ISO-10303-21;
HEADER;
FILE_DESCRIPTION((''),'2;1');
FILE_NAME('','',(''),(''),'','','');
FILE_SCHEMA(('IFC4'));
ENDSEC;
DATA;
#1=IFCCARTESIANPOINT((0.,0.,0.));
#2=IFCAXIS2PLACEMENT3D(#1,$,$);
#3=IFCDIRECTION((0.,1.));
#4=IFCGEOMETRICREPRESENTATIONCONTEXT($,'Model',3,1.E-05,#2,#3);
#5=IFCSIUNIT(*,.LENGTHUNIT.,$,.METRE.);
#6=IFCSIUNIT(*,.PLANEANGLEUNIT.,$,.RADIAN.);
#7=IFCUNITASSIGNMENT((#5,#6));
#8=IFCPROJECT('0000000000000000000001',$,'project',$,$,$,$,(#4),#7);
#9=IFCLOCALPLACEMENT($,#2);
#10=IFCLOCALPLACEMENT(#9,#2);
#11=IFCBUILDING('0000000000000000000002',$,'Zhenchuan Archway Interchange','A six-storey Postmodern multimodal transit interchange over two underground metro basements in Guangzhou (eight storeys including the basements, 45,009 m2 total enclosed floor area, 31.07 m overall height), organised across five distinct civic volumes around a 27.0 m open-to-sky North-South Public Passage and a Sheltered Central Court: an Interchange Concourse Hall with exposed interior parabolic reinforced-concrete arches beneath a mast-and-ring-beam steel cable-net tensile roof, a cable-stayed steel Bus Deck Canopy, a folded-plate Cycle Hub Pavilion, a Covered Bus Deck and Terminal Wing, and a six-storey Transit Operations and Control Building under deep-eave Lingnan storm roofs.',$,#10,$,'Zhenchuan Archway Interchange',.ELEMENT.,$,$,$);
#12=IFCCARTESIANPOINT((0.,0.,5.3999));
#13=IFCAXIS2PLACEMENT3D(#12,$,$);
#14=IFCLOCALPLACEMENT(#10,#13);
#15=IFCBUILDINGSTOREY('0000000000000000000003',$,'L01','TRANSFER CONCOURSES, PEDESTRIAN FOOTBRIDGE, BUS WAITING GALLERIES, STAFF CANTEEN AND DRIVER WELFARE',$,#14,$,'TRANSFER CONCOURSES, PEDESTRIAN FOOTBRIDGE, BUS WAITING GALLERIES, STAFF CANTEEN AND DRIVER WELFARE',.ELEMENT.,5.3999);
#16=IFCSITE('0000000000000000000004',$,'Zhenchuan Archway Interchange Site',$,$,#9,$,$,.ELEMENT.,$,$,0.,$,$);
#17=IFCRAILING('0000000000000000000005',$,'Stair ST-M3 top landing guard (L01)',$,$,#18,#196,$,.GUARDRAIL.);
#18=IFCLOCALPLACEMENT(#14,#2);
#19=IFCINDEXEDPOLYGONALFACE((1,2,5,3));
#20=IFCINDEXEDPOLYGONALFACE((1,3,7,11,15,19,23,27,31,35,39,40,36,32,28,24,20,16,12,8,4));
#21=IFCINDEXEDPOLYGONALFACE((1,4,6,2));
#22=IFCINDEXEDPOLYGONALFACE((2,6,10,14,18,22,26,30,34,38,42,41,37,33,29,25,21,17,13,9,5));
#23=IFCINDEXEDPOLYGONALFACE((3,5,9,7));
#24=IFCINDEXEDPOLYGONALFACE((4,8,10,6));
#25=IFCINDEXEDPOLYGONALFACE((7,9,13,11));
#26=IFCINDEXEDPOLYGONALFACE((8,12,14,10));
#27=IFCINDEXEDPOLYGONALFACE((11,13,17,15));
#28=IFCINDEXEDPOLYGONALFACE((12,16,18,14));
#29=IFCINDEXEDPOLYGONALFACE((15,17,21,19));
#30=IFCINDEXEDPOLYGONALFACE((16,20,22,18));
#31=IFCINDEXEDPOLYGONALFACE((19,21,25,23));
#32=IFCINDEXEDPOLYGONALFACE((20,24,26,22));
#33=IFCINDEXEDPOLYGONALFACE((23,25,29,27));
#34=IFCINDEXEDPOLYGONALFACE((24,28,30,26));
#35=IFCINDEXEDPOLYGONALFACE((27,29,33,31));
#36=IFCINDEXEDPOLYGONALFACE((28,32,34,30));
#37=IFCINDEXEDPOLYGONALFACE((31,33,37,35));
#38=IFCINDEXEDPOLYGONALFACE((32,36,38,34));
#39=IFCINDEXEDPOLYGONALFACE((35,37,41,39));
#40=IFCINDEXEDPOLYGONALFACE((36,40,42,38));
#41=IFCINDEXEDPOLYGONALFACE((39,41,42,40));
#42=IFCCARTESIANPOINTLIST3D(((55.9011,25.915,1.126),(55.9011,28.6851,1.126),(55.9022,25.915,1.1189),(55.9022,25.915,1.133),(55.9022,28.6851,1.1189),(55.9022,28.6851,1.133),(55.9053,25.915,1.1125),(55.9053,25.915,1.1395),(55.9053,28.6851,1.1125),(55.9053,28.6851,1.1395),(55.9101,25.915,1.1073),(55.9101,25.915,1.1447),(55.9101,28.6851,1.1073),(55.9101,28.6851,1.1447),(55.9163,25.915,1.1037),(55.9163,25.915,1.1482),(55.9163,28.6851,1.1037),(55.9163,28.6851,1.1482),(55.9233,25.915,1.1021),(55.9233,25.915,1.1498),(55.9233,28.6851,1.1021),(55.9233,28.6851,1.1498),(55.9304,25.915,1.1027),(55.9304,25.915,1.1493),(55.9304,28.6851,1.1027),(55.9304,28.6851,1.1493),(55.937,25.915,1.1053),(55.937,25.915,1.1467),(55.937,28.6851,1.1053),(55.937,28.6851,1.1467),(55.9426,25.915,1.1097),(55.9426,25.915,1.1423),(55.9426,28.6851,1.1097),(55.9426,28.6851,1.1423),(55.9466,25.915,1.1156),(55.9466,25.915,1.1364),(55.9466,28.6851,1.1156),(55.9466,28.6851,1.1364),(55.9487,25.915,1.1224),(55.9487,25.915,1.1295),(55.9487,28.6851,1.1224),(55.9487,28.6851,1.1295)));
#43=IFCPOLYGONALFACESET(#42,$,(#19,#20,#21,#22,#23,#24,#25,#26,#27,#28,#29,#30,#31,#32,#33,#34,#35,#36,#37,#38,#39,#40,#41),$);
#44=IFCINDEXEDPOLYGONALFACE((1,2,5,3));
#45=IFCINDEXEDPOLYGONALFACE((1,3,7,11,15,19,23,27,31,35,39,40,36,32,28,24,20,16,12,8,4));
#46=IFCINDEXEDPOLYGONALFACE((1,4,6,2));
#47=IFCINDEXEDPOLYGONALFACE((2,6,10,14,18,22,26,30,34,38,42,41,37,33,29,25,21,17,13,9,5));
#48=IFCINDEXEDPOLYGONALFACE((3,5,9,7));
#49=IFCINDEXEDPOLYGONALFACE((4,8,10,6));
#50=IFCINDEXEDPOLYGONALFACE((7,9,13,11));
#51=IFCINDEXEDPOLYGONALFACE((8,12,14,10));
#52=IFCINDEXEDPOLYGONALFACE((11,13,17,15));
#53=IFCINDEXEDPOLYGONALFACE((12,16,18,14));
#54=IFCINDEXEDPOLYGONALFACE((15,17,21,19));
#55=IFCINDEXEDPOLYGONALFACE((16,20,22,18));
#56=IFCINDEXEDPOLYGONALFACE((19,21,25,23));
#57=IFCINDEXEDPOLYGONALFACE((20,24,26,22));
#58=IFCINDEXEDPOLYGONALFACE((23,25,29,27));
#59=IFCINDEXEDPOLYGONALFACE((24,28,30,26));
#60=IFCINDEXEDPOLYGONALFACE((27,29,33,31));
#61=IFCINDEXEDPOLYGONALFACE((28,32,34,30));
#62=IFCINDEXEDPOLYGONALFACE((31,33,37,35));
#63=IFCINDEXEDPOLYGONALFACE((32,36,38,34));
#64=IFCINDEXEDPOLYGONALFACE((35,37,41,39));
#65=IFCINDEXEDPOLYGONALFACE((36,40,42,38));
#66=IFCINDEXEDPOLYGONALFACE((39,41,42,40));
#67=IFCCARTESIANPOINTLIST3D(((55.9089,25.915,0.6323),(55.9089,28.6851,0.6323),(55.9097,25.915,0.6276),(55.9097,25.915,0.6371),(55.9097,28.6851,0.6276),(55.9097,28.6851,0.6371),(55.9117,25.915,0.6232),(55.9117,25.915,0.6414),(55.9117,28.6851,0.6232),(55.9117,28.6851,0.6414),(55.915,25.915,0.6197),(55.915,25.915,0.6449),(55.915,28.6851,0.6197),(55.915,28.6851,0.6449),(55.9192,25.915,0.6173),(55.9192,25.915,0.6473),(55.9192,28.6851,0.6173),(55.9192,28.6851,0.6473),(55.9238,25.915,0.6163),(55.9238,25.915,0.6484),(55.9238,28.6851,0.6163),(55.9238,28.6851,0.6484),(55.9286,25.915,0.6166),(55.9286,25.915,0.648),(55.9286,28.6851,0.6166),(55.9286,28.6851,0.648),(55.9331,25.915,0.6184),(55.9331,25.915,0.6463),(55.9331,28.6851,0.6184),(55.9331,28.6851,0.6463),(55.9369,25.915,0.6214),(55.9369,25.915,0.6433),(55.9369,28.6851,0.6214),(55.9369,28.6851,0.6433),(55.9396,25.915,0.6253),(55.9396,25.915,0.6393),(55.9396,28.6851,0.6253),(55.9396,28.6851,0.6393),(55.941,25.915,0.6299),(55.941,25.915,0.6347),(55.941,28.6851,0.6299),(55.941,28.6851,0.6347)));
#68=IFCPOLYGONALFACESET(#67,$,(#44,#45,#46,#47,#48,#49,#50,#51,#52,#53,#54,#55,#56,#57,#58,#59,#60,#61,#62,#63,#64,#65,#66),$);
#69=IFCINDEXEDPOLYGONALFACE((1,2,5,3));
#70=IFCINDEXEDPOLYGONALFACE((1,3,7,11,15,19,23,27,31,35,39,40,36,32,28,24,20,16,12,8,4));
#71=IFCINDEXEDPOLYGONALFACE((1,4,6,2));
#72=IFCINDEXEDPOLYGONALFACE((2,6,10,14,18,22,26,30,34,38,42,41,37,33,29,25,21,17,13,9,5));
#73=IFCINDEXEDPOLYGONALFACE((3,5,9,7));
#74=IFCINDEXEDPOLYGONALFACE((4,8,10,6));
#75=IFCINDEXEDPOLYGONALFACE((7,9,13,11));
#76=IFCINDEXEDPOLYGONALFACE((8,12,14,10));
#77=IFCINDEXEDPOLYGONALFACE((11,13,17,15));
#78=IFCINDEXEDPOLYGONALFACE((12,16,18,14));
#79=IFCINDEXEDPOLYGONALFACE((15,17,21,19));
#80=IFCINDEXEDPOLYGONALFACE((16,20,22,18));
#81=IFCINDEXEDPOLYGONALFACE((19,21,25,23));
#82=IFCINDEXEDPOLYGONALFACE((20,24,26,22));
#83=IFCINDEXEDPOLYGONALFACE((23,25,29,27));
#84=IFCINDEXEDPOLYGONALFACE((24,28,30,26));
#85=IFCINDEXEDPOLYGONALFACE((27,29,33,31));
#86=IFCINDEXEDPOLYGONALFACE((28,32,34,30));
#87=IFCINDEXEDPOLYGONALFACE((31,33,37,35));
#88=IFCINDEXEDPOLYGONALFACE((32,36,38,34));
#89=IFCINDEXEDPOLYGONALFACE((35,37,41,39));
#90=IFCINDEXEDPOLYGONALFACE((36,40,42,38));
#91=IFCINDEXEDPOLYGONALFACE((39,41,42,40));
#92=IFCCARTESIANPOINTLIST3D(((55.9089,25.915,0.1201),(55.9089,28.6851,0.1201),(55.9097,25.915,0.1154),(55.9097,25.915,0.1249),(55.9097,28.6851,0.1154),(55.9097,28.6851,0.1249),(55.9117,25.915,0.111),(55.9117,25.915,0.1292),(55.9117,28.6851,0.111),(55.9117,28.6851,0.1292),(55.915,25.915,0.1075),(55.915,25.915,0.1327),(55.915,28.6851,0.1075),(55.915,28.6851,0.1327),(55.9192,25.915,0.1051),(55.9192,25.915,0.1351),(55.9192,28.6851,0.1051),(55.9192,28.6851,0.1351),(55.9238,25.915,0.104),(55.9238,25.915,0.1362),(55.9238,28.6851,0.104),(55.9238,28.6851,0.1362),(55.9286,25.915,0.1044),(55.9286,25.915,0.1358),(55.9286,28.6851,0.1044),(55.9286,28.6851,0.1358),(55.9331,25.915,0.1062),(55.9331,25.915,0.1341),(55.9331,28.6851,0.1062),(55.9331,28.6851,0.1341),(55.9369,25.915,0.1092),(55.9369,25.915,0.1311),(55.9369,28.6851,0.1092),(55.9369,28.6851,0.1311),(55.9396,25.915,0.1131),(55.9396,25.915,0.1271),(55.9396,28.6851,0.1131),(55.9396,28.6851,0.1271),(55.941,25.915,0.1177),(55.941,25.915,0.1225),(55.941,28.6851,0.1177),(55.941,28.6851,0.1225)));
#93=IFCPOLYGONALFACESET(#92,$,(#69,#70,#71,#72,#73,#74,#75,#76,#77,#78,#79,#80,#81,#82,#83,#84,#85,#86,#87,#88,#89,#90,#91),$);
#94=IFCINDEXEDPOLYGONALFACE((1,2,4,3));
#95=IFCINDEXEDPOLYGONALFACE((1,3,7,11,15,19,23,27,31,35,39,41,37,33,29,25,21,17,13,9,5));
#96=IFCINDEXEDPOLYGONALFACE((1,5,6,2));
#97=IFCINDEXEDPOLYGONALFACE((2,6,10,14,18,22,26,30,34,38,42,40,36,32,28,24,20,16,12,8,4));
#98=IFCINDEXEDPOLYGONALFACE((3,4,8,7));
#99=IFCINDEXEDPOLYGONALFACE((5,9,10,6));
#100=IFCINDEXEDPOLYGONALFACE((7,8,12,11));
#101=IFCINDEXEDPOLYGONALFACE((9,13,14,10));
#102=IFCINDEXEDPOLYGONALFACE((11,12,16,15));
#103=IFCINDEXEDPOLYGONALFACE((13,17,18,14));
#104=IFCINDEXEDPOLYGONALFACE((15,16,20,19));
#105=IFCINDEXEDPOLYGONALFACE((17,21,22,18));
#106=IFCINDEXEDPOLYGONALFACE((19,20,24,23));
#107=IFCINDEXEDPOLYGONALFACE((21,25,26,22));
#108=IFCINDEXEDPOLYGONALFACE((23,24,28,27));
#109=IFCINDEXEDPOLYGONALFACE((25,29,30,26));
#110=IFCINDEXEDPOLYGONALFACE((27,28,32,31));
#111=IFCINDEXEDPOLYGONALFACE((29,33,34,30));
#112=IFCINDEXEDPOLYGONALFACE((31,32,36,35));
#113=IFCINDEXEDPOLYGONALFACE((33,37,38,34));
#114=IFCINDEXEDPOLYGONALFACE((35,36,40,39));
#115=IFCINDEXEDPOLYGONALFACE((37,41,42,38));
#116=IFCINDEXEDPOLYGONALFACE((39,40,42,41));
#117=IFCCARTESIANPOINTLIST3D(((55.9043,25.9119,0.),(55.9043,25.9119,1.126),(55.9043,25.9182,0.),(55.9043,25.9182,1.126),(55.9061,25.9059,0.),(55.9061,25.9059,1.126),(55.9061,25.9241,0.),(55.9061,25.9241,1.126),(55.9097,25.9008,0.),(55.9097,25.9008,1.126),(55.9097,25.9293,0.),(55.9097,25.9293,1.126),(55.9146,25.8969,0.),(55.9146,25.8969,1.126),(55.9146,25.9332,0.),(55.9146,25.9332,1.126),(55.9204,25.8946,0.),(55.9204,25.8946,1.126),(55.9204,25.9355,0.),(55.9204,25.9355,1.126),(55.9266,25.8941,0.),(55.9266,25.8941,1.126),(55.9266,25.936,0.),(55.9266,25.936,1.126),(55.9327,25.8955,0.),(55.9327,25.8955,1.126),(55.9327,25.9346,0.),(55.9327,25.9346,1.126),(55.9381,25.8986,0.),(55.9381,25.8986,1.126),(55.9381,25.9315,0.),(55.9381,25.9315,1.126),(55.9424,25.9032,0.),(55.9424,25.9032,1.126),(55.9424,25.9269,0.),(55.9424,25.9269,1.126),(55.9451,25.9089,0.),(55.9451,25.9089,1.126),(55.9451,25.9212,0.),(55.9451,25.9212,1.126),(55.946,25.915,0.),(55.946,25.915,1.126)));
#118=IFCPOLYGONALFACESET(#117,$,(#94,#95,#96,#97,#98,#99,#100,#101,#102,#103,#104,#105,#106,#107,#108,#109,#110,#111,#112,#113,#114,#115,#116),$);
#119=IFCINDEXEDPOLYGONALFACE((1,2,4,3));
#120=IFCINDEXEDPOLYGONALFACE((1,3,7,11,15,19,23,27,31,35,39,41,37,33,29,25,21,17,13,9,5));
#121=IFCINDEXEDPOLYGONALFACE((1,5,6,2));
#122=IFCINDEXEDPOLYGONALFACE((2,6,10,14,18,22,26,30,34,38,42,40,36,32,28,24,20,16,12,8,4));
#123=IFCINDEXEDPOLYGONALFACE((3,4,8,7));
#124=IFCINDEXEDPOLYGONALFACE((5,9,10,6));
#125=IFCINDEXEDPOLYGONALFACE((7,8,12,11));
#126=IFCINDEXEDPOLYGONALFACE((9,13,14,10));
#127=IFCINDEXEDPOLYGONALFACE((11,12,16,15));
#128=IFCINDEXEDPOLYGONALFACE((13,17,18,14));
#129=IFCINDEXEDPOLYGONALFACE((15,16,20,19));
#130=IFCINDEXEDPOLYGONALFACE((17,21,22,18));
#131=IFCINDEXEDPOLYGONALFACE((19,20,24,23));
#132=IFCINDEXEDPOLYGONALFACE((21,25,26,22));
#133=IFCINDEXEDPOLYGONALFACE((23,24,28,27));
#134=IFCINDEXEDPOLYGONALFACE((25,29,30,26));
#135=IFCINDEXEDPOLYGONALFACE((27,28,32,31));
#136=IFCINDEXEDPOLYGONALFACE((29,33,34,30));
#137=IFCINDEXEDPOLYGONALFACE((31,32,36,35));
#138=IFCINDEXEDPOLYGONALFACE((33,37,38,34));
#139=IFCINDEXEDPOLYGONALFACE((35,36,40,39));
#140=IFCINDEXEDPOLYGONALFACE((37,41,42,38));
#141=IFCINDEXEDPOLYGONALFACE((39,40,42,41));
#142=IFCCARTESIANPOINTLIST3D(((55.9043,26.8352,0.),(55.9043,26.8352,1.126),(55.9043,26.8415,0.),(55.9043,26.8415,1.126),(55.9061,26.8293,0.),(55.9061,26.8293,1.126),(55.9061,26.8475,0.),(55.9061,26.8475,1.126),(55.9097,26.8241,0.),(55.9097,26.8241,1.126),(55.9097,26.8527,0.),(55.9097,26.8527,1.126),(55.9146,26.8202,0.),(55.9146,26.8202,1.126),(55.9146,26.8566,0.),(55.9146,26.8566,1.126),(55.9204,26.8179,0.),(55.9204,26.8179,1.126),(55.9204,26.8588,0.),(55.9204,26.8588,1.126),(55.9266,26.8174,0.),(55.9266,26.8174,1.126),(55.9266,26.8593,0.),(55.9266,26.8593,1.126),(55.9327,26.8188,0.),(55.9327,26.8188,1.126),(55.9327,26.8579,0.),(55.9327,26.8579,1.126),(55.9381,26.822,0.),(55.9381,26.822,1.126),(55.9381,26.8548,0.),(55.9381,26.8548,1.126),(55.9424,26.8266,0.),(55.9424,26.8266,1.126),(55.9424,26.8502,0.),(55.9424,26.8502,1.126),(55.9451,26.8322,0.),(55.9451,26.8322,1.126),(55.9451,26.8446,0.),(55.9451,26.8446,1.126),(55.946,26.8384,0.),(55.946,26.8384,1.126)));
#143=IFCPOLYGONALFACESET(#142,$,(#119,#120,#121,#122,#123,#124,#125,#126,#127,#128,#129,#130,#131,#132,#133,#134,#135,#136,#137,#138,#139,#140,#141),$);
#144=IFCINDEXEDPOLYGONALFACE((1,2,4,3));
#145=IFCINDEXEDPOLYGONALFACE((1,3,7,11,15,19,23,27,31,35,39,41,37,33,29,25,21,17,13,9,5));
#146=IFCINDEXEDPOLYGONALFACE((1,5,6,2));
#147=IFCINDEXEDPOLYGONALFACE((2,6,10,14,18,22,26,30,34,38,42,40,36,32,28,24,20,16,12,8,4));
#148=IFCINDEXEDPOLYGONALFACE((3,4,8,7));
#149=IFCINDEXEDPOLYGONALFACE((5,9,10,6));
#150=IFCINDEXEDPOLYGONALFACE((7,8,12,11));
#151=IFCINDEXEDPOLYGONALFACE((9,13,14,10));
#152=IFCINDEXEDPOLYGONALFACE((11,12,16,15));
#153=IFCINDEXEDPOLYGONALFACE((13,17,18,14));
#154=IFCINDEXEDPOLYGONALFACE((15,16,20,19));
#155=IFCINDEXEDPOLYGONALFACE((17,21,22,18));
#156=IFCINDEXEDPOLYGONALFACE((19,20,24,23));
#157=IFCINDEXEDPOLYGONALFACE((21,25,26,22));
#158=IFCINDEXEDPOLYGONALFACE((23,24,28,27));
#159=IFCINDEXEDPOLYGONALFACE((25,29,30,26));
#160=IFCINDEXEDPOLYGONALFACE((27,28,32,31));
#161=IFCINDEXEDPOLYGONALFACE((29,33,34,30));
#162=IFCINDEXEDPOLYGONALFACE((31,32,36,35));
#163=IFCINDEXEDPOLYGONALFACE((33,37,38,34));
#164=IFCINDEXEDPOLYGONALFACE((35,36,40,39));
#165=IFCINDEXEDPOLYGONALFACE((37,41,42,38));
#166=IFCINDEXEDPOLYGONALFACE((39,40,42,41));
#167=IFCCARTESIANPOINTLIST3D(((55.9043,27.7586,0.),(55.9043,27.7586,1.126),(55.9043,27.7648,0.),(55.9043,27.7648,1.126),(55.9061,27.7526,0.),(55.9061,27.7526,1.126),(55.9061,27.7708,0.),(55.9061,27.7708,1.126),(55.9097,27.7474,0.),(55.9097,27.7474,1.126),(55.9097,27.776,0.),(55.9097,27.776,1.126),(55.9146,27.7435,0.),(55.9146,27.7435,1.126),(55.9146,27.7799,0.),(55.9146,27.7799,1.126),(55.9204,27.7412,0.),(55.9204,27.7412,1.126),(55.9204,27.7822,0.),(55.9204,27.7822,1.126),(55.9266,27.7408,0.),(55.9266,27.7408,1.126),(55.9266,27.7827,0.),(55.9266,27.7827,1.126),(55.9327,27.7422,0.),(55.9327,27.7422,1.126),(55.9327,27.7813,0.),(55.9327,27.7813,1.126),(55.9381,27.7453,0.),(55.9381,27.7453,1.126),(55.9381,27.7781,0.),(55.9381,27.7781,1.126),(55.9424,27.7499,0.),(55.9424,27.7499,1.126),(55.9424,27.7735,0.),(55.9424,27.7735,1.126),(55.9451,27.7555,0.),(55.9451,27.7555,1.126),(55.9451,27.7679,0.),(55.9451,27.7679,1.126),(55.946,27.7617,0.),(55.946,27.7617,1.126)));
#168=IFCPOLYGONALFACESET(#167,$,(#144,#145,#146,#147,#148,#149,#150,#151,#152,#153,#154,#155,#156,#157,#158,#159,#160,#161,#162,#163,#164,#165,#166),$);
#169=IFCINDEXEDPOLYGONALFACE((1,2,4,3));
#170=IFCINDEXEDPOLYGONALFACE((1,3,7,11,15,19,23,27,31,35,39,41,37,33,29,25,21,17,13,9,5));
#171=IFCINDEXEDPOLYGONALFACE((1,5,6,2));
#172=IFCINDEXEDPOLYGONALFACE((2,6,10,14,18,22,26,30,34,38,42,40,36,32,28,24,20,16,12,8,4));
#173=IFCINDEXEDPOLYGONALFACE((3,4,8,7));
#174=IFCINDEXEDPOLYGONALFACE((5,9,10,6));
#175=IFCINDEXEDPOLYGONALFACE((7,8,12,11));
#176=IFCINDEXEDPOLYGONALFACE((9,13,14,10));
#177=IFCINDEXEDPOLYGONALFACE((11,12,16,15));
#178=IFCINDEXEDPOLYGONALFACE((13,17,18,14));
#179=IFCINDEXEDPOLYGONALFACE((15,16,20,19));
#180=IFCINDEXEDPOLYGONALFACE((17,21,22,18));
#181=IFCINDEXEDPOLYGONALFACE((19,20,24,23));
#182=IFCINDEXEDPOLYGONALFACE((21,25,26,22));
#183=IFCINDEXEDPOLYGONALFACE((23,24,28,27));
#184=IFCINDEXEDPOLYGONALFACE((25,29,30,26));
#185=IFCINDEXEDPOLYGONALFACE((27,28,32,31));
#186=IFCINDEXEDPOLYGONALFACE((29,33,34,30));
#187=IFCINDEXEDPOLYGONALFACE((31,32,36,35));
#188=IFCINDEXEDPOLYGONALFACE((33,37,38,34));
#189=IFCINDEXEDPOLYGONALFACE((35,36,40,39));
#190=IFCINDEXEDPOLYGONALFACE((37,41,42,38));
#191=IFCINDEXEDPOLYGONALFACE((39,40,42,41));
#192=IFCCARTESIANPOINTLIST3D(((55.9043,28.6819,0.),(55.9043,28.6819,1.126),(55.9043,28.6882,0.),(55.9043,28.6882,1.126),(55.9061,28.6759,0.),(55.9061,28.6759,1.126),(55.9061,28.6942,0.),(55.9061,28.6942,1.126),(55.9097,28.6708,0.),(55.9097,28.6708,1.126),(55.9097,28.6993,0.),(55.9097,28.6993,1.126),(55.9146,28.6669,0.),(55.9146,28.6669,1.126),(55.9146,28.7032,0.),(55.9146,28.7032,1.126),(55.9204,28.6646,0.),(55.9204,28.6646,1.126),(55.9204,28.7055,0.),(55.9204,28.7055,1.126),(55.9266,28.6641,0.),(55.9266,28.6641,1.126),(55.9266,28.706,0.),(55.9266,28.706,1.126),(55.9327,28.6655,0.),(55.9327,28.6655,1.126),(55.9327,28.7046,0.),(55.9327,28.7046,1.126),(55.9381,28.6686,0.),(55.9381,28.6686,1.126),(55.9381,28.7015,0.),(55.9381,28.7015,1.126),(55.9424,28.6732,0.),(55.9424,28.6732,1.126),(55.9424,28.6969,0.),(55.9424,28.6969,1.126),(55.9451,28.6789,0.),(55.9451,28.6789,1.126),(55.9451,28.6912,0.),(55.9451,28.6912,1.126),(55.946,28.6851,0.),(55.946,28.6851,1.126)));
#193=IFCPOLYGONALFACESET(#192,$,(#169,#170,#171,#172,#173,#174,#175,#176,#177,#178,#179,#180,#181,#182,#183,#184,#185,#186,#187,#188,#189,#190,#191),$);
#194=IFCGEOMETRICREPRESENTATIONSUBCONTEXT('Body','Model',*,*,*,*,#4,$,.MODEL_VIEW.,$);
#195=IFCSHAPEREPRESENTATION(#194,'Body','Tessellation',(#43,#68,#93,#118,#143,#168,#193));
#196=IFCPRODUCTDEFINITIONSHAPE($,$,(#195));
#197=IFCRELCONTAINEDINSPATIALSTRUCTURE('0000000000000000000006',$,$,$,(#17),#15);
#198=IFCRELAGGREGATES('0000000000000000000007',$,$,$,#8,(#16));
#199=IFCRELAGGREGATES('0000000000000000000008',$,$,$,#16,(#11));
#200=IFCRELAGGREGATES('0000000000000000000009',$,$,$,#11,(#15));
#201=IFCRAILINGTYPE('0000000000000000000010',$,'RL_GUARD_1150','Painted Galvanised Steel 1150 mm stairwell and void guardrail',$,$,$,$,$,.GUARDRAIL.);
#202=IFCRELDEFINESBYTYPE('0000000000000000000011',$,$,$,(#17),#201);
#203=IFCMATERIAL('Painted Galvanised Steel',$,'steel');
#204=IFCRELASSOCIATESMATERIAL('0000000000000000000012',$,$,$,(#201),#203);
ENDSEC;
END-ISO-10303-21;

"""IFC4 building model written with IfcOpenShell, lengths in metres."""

from ifc_helpers import new_model, si_unit, direction, frame, origin, origin_2d, place, context, subcontext, project, spatial, circle, extrude, material, type_object, element, save


model = new_model("IFC4")

# Units and contexts
model_context = context("Model", 3, precision=1e-05, world=origin(), true_north=direction((0.0, 1.0)))
body_context = subcontext(model_context, "Body", "Model", "MODEL_VIEW")
ifc_project = project(units=[si_unit("LENGTHUNIT", "METRE"), si_unit("PLANEANGLEUNIT", "RADIAN")], contexts=[model_context])

# Site, building, storey
site_placement = place(None, origin())
site = spatial("IfcSite", under=ifc_project, at=site_placement, Name="Zhenchuan Archway Interchange Site", CompositionType="ELEMENT", RefElevation=0.0)
building_placement = place(site_placement, origin())
building = spatial("IfcBuilding", under=site, at=building_placement, Name="Zhenchuan Archway Interchange", Description="A six-storey Postmodern multimodal transit interchange over two underground metro basements in Guangzhou (eight storeys including the basements, 45,009 m2 total enclosed floor area, 31.07 m overall height), organised across five distinct civic volumes around a 27.0 m open-to-sky North-South Public Passage and a Sheltered Central Court: an Interchange Concourse Hall with exposed interior parabolic reinforced-concrete arches beneath a mast-and-ring-beam steel cable-net tensile roof, a cable-stayed steel Bus Deck Canopy, a folded-plate Cycle Hub Pavilion, a Covered Bus Deck and Terminal Wing, and a six-storey Transit Operations and Control Building under deep-eave Lingnan storm roofs.", LongName="Zhenchuan Archway Interchange", CompositionType="ELEMENT")
storey_placement = place(building_placement, frame((0.0, 0.0, 5.3999)))
storey = spatial("IfcBuildingStorey", under=building, at=storey_placement, Name="L01", Description="TRANSFER CONCOURSES, PEDESTRIAN FOOTBRIDGE, BUS WAITING GALLERIES, STAFF CANTEEN AND DRIVER WELFARE", LongName="TRANSFER CONCOURSES, PEDESTRIAN FOOTBRIDGE, BUS WAITING GALLERIES, STAFF CANTEEN AND DRIVER WELFARE", CompositionType="ELEMENT", Elevation=5.3999)

# Shared definitions
ifc_material_1 = material(Name="Painted Galvanised Steel", Category="steel")

# Railing
railing_type_1 = type_object("IfcRailingType", Name="RL_GUARD_1150", Description="Painted Galvanised Steel 1150 mm stairwell and void guardrail", PredefinedType="GUARDRAIL", material=ifc_material_1)
railing_1_placement = place(storey_placement, frame((55.925, 25.915, 0.0)))
element("IfcRailing", 1, at=railing_1_placement, inside=storey, type_object=railing_type_1, Name="Stair ST-M3 top landing guard (L01)", PredefinedType="GUARDRAIL", context=body_context, shape_type="SweptSolid", body=[
    extrude(circle(Radius=0.0239, at=origin_2d()), frame((0.0, 0.0, 1.126), z_axis=(0.0, 1.0, 0.0), x_axis=(-1.0, 0.0, 0.0)), (0.0, 0.0, 1.0), 2.77),
    extrude(circle(Radius=0.0161, at=origin_2d()), frame((0.0, 0.0, 0.6323), z_axis=(0.0, 1.0, 0.0), x_axis=(-1.0, 0.0, 0.0)), (0.0, 0.0, 1.0), 2.77),
    extrude(circle(Radius=0.0161, at=origin_2d()), frame((0.0, 0.0, 0.1201), z_axis=(0.0, 1.0, 0.0), x_axis=(-1.0, 0.0, 0.0)), (0.0, 0.0, 1.0), 2.77),
    extrude(circle(Radius=0.021, at=origin_2d()), origin(), (0.0, 0.0, 1.0), 1.126),
    extrude(circle(Radius=0.021, at=origin_2d()), frame((0.0, 0.9233, 0.0)), (0.0, 0.0, 1.0), 1.126),
    extrude(circle(Radius=0.021, at=origin_2d()), frame((0.0, 1.8467, 0.0)), (0.0, 0.0, 1.0), 1.126),
    extrude(circle(Radius=0.021, at=origin_2d()), frame((0.0, 2.77, 0.0)), (0.0, 0.0, 1.0), 1.126),
])

save(model, "model.ifc")
